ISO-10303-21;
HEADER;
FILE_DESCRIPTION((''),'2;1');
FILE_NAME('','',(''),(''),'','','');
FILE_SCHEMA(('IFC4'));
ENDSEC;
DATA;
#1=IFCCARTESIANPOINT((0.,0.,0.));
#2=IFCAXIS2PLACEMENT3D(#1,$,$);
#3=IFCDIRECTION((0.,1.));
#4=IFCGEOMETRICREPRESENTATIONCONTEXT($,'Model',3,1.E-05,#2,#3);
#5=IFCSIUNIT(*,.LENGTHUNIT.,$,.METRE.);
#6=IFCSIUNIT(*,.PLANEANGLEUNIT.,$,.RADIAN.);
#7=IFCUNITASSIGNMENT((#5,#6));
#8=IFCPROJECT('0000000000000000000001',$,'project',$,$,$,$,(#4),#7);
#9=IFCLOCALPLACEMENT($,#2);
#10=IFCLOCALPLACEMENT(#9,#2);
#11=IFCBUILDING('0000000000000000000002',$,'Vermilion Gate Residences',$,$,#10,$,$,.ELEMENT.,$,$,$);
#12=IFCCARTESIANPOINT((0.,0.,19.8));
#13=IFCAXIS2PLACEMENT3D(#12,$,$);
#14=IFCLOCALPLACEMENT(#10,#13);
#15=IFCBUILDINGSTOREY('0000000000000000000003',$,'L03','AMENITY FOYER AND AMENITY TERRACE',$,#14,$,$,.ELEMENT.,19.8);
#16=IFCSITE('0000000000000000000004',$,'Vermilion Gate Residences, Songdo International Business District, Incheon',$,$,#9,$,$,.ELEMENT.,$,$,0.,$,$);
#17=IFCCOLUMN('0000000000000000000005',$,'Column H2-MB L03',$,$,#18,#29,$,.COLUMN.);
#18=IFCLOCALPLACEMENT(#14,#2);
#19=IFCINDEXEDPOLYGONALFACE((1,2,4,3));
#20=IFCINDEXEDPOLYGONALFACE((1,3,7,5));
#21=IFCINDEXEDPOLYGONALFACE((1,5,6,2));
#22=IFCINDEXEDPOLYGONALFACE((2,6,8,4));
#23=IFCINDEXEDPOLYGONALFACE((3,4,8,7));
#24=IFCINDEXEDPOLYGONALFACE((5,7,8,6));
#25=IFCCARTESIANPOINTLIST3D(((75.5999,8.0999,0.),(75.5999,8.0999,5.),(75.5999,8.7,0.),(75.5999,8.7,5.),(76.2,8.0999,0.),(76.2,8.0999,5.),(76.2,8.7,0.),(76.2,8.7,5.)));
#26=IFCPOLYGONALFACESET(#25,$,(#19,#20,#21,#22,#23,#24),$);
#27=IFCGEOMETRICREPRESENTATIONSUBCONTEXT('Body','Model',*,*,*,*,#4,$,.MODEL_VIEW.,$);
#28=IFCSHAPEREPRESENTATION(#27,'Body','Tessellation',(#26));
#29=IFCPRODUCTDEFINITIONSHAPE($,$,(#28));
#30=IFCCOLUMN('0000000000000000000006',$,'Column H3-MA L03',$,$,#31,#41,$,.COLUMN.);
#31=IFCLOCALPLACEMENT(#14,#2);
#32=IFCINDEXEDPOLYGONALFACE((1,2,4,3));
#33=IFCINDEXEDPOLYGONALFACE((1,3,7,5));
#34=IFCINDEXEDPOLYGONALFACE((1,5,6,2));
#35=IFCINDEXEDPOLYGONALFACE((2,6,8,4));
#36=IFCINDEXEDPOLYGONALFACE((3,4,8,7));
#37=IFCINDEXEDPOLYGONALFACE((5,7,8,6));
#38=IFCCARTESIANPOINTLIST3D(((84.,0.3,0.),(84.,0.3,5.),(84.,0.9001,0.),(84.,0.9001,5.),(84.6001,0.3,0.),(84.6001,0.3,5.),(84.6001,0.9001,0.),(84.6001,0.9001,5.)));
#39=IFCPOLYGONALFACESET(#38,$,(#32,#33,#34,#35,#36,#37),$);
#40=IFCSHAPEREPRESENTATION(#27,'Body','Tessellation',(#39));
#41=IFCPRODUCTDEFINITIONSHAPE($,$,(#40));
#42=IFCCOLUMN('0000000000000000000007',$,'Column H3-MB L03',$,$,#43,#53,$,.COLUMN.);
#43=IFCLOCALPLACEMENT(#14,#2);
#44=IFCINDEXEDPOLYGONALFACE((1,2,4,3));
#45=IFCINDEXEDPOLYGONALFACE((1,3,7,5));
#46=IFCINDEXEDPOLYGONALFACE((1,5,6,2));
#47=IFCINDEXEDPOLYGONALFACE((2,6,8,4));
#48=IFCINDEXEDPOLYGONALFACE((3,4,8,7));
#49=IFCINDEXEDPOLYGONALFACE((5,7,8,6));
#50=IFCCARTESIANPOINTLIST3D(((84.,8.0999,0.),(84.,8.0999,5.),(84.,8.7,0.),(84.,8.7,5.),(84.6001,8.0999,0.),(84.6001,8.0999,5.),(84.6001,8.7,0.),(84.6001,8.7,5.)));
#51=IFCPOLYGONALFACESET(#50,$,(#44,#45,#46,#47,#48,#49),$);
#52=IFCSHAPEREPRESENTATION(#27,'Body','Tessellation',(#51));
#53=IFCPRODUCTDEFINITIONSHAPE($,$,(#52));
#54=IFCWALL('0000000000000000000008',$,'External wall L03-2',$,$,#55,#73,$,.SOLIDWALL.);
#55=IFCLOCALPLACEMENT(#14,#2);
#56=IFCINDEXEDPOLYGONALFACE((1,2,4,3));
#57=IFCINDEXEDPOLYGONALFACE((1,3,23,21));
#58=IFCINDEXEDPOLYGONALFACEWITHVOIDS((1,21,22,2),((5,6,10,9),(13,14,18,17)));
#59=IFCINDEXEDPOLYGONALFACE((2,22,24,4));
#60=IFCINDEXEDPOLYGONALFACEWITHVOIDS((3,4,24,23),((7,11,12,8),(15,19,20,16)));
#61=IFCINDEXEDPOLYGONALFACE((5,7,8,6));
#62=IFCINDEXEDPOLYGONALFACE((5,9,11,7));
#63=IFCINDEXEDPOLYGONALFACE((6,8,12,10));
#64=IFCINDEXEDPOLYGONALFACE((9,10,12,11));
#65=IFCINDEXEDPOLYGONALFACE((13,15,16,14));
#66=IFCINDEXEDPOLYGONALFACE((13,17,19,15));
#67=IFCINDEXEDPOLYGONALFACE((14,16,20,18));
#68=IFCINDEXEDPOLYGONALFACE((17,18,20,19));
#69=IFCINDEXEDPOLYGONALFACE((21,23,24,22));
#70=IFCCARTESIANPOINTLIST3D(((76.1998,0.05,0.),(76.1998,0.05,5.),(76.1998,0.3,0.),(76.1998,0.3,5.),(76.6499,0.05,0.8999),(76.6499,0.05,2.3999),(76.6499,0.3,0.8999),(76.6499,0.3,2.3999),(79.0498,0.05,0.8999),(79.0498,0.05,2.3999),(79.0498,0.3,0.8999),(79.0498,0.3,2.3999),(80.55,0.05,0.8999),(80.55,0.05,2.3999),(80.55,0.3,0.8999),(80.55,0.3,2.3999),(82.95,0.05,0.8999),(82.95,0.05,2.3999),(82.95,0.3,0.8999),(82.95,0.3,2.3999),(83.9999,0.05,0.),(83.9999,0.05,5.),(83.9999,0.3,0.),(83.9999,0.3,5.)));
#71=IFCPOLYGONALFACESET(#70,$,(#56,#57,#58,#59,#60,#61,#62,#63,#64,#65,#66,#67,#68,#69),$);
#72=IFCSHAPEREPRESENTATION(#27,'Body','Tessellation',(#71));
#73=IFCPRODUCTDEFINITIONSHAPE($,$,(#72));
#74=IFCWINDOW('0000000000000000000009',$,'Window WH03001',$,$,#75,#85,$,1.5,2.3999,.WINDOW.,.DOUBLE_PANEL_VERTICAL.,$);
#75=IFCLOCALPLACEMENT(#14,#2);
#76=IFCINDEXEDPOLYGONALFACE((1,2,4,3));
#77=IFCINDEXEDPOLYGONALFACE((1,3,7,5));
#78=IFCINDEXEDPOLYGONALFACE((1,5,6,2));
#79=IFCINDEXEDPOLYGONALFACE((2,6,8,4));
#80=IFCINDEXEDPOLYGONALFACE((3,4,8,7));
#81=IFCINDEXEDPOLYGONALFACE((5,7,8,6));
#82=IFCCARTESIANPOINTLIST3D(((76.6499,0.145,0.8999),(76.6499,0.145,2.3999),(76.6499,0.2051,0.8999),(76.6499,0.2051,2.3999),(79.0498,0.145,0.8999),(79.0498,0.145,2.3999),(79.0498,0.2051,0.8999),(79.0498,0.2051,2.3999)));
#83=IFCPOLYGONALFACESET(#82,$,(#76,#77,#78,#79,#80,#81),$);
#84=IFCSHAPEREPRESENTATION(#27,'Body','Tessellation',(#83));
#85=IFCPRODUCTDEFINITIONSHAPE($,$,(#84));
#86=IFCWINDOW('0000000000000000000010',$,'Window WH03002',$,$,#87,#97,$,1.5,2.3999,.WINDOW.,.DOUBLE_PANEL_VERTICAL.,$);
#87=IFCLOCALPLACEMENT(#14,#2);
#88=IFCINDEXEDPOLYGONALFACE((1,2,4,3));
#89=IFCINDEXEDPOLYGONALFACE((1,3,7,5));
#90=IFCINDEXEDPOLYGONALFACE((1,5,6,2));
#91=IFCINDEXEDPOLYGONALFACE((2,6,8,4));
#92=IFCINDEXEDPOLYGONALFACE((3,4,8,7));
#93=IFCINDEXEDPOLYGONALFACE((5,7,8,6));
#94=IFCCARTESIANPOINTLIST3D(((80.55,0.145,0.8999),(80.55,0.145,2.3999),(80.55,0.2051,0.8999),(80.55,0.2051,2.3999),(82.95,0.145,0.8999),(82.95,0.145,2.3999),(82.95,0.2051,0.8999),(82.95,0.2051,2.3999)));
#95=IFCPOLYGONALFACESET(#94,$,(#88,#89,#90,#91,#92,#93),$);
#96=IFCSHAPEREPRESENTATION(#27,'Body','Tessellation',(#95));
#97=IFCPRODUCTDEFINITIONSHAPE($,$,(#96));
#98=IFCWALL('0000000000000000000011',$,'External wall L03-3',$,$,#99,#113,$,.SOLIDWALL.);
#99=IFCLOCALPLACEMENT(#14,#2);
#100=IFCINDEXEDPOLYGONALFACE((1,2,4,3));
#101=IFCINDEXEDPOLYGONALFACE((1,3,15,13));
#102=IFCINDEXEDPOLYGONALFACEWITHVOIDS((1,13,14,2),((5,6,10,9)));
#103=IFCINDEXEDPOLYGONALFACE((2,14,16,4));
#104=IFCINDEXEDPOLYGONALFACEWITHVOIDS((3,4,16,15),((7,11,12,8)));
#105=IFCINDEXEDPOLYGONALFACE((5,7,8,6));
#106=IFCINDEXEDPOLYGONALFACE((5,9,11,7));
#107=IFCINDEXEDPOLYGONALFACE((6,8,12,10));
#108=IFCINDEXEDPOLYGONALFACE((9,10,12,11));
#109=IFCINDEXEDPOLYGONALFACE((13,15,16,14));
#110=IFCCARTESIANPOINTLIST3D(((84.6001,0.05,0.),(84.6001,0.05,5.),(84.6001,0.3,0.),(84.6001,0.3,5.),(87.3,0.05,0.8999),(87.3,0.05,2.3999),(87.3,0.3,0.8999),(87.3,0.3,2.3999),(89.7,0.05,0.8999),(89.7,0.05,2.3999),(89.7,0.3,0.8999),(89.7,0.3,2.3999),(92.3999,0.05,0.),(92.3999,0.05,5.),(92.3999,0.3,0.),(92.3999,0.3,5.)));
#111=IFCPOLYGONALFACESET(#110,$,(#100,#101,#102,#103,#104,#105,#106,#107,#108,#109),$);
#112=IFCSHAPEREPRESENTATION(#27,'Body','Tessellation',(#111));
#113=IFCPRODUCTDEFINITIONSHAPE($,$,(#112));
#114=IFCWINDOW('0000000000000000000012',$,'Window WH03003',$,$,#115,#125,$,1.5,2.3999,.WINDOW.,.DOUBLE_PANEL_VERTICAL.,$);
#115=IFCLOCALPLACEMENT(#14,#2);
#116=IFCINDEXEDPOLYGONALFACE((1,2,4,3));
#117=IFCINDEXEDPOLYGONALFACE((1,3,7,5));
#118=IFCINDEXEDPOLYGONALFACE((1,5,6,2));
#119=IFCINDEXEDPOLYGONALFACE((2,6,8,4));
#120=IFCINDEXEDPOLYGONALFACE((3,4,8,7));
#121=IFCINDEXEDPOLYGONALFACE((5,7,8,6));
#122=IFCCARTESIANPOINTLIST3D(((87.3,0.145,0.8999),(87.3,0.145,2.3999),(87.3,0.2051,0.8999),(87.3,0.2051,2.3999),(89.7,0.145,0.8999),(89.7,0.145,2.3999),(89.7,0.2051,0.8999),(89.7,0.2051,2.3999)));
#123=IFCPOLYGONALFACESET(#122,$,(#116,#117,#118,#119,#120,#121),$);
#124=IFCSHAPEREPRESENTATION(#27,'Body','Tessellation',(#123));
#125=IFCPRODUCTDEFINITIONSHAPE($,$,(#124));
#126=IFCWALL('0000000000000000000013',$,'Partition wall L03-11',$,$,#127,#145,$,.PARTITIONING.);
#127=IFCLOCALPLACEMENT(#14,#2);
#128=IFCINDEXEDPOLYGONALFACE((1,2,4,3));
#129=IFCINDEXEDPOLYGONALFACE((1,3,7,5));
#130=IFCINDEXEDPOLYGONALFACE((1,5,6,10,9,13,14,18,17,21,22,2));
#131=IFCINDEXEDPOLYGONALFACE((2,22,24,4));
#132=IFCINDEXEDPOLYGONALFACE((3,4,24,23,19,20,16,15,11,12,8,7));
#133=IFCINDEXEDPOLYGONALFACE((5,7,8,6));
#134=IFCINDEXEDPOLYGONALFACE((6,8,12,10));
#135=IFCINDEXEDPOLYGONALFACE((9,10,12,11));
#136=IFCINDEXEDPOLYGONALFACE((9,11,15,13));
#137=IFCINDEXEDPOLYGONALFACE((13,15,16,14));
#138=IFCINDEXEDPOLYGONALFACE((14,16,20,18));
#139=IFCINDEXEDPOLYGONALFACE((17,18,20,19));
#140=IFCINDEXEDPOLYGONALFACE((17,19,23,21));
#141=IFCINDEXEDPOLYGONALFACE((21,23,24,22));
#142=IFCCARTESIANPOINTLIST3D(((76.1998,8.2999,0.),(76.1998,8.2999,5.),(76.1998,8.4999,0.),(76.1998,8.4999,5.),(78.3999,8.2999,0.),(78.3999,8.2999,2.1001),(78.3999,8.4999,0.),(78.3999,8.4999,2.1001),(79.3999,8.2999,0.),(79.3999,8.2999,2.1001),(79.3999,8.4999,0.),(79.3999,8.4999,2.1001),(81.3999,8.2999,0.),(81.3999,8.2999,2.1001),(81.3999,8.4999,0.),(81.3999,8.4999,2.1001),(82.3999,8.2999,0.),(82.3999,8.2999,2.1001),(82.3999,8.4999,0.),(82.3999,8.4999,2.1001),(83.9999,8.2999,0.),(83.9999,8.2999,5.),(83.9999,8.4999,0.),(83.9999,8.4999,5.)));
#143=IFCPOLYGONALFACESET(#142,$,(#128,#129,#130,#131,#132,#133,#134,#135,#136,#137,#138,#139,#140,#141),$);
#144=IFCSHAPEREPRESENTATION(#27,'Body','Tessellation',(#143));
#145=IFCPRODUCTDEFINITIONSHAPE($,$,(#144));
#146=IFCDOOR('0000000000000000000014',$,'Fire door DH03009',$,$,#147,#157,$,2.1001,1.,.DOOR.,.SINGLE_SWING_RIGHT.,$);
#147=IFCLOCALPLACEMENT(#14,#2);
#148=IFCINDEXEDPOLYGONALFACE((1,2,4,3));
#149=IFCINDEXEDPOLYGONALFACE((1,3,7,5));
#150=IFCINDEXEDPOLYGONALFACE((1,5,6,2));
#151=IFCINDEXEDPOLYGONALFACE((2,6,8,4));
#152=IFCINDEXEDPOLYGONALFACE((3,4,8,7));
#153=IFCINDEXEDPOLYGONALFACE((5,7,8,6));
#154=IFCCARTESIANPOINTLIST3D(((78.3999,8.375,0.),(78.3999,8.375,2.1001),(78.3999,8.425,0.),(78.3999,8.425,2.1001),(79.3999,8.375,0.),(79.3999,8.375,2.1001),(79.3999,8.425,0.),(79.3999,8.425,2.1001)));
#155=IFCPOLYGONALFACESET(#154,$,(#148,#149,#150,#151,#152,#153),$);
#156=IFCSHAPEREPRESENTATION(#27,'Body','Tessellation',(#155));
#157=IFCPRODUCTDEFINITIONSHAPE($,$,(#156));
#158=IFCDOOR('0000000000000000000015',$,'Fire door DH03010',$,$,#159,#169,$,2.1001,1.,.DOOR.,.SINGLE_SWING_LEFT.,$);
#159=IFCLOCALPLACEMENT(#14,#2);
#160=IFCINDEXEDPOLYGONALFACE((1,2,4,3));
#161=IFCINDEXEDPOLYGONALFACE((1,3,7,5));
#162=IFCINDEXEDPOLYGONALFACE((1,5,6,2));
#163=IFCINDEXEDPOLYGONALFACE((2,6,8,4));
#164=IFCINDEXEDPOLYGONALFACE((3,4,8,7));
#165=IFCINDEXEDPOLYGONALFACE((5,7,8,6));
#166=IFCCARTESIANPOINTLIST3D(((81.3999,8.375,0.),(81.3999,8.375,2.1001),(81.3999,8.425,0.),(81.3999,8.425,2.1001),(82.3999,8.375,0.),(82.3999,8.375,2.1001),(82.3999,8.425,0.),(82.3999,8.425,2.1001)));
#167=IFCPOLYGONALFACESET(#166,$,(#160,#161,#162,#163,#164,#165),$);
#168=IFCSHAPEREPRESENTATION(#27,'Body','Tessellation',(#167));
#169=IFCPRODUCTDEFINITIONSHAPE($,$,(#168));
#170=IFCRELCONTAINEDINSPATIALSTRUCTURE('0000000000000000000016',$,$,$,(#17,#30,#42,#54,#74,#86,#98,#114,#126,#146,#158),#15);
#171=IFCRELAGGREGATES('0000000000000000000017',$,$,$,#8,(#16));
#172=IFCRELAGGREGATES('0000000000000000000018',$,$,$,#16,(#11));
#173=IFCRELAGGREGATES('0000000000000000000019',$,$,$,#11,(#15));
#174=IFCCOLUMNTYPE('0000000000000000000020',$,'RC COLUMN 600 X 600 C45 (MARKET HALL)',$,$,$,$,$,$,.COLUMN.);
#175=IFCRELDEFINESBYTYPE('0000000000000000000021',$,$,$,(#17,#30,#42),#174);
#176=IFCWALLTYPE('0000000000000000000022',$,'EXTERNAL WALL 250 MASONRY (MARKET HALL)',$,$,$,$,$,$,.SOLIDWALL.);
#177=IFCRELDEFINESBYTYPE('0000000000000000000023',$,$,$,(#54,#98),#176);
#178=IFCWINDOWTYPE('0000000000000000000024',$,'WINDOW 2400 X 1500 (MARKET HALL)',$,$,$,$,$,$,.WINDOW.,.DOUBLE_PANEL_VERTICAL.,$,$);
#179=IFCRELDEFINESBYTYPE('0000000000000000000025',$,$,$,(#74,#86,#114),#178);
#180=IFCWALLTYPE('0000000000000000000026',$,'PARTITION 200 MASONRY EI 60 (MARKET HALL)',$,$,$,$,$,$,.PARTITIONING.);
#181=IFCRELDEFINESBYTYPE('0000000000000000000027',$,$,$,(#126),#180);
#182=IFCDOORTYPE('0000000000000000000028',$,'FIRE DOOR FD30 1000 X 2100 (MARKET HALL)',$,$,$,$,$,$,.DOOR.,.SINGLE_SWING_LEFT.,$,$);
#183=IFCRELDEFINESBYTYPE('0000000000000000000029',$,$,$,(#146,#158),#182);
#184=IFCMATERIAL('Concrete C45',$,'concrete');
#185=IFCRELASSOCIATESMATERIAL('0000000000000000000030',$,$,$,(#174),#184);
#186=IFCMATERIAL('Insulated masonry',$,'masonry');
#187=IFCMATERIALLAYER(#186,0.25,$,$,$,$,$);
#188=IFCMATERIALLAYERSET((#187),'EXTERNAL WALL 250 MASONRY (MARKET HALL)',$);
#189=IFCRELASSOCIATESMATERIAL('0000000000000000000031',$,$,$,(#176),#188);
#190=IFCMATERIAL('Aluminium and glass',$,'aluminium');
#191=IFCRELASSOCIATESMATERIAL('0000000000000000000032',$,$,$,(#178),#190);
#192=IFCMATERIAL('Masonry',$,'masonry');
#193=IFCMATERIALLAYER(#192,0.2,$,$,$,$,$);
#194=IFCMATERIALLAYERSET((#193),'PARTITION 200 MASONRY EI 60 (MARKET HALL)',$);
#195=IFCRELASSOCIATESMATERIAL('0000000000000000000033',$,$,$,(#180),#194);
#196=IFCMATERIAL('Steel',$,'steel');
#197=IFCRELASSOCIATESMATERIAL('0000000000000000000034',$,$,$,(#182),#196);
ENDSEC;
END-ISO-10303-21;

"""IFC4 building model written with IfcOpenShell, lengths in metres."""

from ifc_helpers import new_model, si_unit, direction, frame, frame_2d, origin, origin_2d, place, context, subcontext, project, spatial, rectangle, extrude, material, layer, layer_set, material_profile, profile_set, type_object, element, fill, save


model = new_model("IFC4")

# Units and contexts
model_context = context("Model", 3, precision=1e-05, world=origin(), true_north=direction((0.0, 1.0)))
body_context = subcontext(model_context, "Body", "Model", "MODEL_VIEW")
ifc_project = project(units=[si_unit("LENGTHUNIT", "METRE"), si_unit("PLANEANGLEUNIT", "RADIAN")], contexts=[model_context])

# Site, building, storey
site_placement = place(None, origin())
site = spatial("IfcSite", under=ifc_project, at=site_placement, Name="Vermilion Gate Residences, Songdo International Business District, Incheon", CompositionType="ELEMENT", RefElevation=0.0)
building_placement = place(site_placement, origin())
building = spatial("IfcBuilding", under=site, at=building_placement, Name="Vermilion Gate Residences", CompositionType="ELEMENT")
storey_placement = place(building_placement, frame((0.0, 0.0, 19.8)))
storey = spatial("IfcBuildingStorey", under=building, at=storey_placement, Name="L03", Description="AMENITY FOYER AND AMENITY TERRACE", CompositionType="ELEMENT", Elevation=19.8)

# Columns
ifc_material_1 = material(Name="Concrete C45", Category="concrete")
ifc_material_profile = material_profile(ifc_material_1, rectangle(XDim=0.6001, YDim=0.6001, at=origin_2d()), Name="RC COLUMN 600 X 600 C45 (MARKET HALL)")
ifc_profile_set = profile_set([ifc_material_profile], Name="Concrete C45")
column_type = type_object("IfcColumnType", Name="RC COLUMN 600 X 600 C45 (MARKET HALL)", PredefinedType="COLUMN", material=ifc_profile_set)
for number, where, z_axis, x_axis, name in (
    (1, (75.8999, 8.3999, 0.0), (0.0, 0.0, 1.0), (1.0, 0.0, 0.0), "Column H2-MB L03"),
    (2, (84.3, 0.6001, 0.0), (0.0, 0.0, 1.0), (1.0, 0.0, 0.0), "Column H3-MA L03"),
    (3, (84.3, 8.3999, 0.0), (0.0, 0.0, 1.0), (1.0, 0.0, 0.0), "Column H3-MB L03"),
):
    element("IfcColumn", number, at=place(storey_placement, frame(where, z_axis=z_axis, x_axis=x_axis)), inside=storey, type_object=column_type, Name=name, PredefinedType="COLUMN", context=body_context, shape_type="SweptSolid", body=[
        extrude(rectangle(XDim=0.6001, YDim=0.6001, at=origin_2d()), origin(), (0.0, 0.0, 1.0), 5.0),
    ])

# Wall, openings, windows
ifc_material_2 = material(Name="Insulated masonry", Category="masonry")
ifc_layer_1 = layer(ifc_material_2, 0.25)
ifc_layer_set_1 = layer_set([ifc_layer_1], Name="EXTERNAL WALL 250 MASONRY (MARKET HALL)")
wall_type_1 = type_object("IfcWallType", Name="EXTERNAL WALL 250 MASONRY (MARKET HALL)", PredefinedType="SOLIDWALL", material=ifc_layer_set_1)
wall_1_placement = place(storey_placement, frame((76.2, 0.175, 0.0), z_axis=(0.0, 0.0, 1.0), x_axis=(1.0, 0.0, 0.0)))
wall_1 = element("IfcWall", 4, at=wall_1_placement, inside=storey, type_object=wall_type_1, Name="External wall L03-2", PredefinedType="SOLIDWALL", context=body_context, shape_type="SweptSolid", body=[
    extrude(rectangle(XDim=7.8, YDim=0.25, at=frame_2d((3.8999, 0.0))), origin(), (0.0, 0.0, 1.0), 5.0),
])
opening_1_placement = place(wall_1_placement, frame((0.45, 0.0, 0.8999)))
opening_1 = element("IfcOpeningElement", 5, at=opening_1_placement, cuts=wall_1, PredefinedType="OPENING", context=body_context, shape_type="SweptSolid", body=[
    extrude(rectangle(XDim=2.3999, YDim=1.5, at=frame_2d((1.2, 0.75))), frame((0.0, 0.135, 0.0), z_axis=(0.0, -1.0, 0.0), x_axis=(1.0, 0.0, 0.0)), (0.0, 0.0, 1.0), 0.27),
])
opening_2_placement = place(wall_1_placement, frame((4.3501, 0.0, 0.8999)))
opening_2 = element("IfcOpeningElement", 6, at=opening_2_placement, cuts=wall_1, PredefinedType="OPENING", context=body_context, shape_type="SweptSolid", body=[
    extrude(rectangle(XDim=2.3999, YDim=1.5, at=frame_2d((1.2, 0.75))), frame((0.0, 0.135, 0.0), z_axis=(0.0, -1.0, 0.0), x_axis=(1.0, 0.0, 0.0)), (0.0, 0.0, 1.0), 0.27),
])
ifc_material_3 = material(Name="Aluminium and glass", Category="aluminium")
window_type = type_object("IfcWindowType", Name="WINDOW 2400 X 1500 (MARKET HALL)", PartitioningType="DOUBLE_PANEL_VERTICAL", PredefinedType="WINDOW", material=ifc_material_3)
window_1_placement = place(opening_1_placement, origin())
window_1 = element("IfcWindow", 7, at=window_1_placement, inside=storey, type_object=window_type, Name="Window WH03001", OverallHeight=1.5, OverallWidth=2.3999, PartitioningType="DOUBLE_PANEL_VERTICAL", PredefinedType="WINDOW", context=body_context, shape_type="SweptSolid", body=[
    extrude(rectangle(XDim=2.3999, YDim=1.5, at=frame_2d((1.2, 0.75))), frame((0.0, 0.03, 0.0), z_axis=(0.0, -1.0, 0.0), x_axis=(1.0, 0.0, 0.0)), (0.0, 0.0, 1.0), 0.0601),
])
fill(opening_1, window_1)
window_2_placement = place(opening_2_placement, origin())
window_2 = element("IfcWindow", 8, at=window_2_placement, inside=storey, type_object=window_type, Name="Window WH03002", OverallHeight=1.5, OverallWidth=2.3999, PartitioningType="DOUBLE_PANEL_VERTICAL", PredefinedType="WINDOW", context=body_context, shape_type="SweptSolid", body=[
    extrude(rectangle(XDim=2.3999, YDim=1.5, at=frame_2d((1.2, 0.75))), frame((0.0, 0.03, 0.0), z_axis=(0.0, -1.0, 0.0), x_axis=(1.0, 0.0, 0.0)), (0.0, 0.0, 1.0), 0.0601),
])
fill(opening_2, window_2)

# Wall, opening, window
wall_2_placement = place(storey_placement, frame((84.6001, 0.175, 0.0), z_axis=(0.0, 0.0, 1.0), x_axis=(1.0, 0.0, 0.0)))
wall_2 = element("IfcWall", 9, at=wall_2_placement, inside=storey, type_object=wall_type_1, Name="External wall L03-3", PredefinedType="SOLIDWALL", context=body_context, shape_type="SweptSolid", body=[
    extrude(rectangle(XDim=7.7998, YDim=0.25, at=frame_2d((3.8999, 0.0))), origin(), (0.0, 0.0, 1.0), 5.0),
])
opening_3_placement = place(wall_2_placement, frame((2.7, 0.0, 0.8999)))
opening_3 = element("IfcOpeningElement", 10, at=opening_3_placement, cuts=wall_2, PredefinedType="OPENING", context=body_context, shape_type="SweptSolid", body=[
    extrude(rectangle(XDim=2.3999, YDim=1.5, at=frame_2d((1.2, 0.75))), frame((0.0, 0.135, 0.0), z_axis=(0.0, -1.0, 0.0), x_axis=(1.0, 0.0, 0.0)), (0.0, 0.0, 1.0), 0.27),
])
window_3_placement = place(opening_3_placement, origin())
window_3 = element("IfcWindow", 11, at=window_3_placement, inside=storey, type_object=window_type, Name="Window WH03003", OverallHeight=1.5, OverallWidth=2.3999, PartitioningType="DOUBLE_PANEL_VERTICAL", PredefinedType="WINDOW", context=body_context, shape_type="SweptSolid", body=[
    extrude(rectangle(XDim=2.3999, YDim=1.5, at=frame_2d((1.2, 0.75))), frame((0.0, 0.03, 0.0), z_axis=(0.0, -1.0, 0.0), x_axis=(1.0, 0.0, 0.0)), (0.0, 0.0, 1.0), 0.0601),
])
fill(opening_3, window_3)

# Wall, openings, doors
ifc_material_4 = material(Name="Masonry", Category="masonry")
ifc_layer_2 = layer(ifc_material_4, 0.2)
ifc_layer_set_2 = layer_set([ifc_layer_2], Name="PARTITION 200 MASONRY EI 60 (MARKET HALL)")
wall_type_2 = type_object("IfcWallType", Name="PARTITION 200 MASONRY EI 60 (MARKET HALL)", PredefinedType="PARTITIONING", material=ifc_layer_set_2)
wall_3_placement = place(storey_placement, frame((76.2, 8.3999, 0.0), z_axis=(0.0, 0.0, 1.0), x_axis=(1.0, 0.0, 0.0)))
wall_3 = element("IfcWall", 12, at=wall_3_placement, inside=storey, type_object=wall_type_2, Name="Partition wall L03-11", PredefinedType="PARTITIONING", context=body_context, shape_type="SweptSolid", body=[
    extrude(rectangle(XDim=7.8, YDim=0.2, at=frame_2d((3.8999, 0.0))), origin(), (0.0, 0.0, 1.0), 5.0),
])
opening_4_placement = place(wall_3_placement, frame((2.2, 0.0, 0.0)))
opening_4 = element("IfcOpeningElement", 13, at=opening_4_placement, cuts=wall_3, PredefinedType="OPENING", context=body_context, shape_type="SweptSolid", body=[
    extrude(rectangle(XDim=1.0, YDim=2.1001, at=frame_2d((0.5, 1.05))), frame((0.0, 0.1099, 0.0), z_axis=(0.0, -1.0, 0.0), x_axis=(1.0, 0.0, 0.0)), (0.0, 0.0, 1.0), 0.22),
])
opening_5_placement = place(wall_3_placement, frame((5.2, 0.0, 0.0)))
opening_5 = element("IfcOpeningElement", 14, at=opening_5_placement, cuts=wall_3, PredefinedType="OPENING", context=body_context, shape_type="SweptSolid", body=[
    extrude(rectangle(XDim=1.0, YDim=2.1001, at=frame_2d((0.5, 1.05))), frame((0.0, 0.1099, 0.0), z_axis=(0.0, -1.0, 0.0), x_axis=(1.0, 0.0, 0.0)), (0.0, 0.0, 1.0), 0.22),
])
ifc_material_5 = material(Name="Steel", Category="steel")
door_type = type_object("IfcDoorType", Name="FIRE DOOR FD30 1000 X 2100 (MARKET HALL)", OperationType="SINGLE_SWING_LEFT", PredefinedType="DOOR", material=ifc_material_5)
door_1_placement = place(opening_4_placement, frame((1.0, 0.0, 0.0), z_axis=(0.0, 0.0, 1.0), x_axis=(-1.0, 0.0, 0.0)))
door_1 = element("IfcDoor", 15, at=door_1_placement, inside=storey, type_object=door_type, Name="Fire door DH03009", OperationType="SINGLE_SWING_RIGHT", OverallHeight=2.1001, OverallWidth=1.0, PredefinedType="DOOR", context=body_context, shape_type="SweptSolid", body=[
    extrude(rectangle(XDim=1.0, YDim=2.1001, at=frame_2d((0.5, 1.05))), frame((0.0, 0.0249, 0.0), z_axis=(0.0, -1.0, 0.0), x_axis=(1.0, 0.0, 0.0)), (0.0, 0.0, 1.0), 0.05),
])
fill(opening_4, door_1)
door_2_placement = place(opening_5_placement, frame((1.0, 0.0, 0.0), z_axis=(0.0, 0.0, 1.0), x_axis=(-1.0, 0.0, 0.0)))
door_2 = element("IfcDoor", 16, at=door_2_placement, inside=storey, type_object=door_type, Name="Fire door DH03010", OperationType="SINGLE_SWING_LEFT", OverallHeight=2.1001, OverallWidth=1.0, PredefinedType="DOOR", context=body_context, shape_type="SweptSolid", body=[
    extrude(rectangle(XDim=1.0, YDim=2.1001, at=frame_2d((0.5, 1.05))), frame((0.0, 0.0249, 0.0), z_axis=(0.0, -1.0, 0.0), x_axis=(1.0, 0.0, 0.0)), (0.0, 0.0, 1.0), 0.05),
])
fill(opening_5, door_2)

save(model, "model.ifc")
